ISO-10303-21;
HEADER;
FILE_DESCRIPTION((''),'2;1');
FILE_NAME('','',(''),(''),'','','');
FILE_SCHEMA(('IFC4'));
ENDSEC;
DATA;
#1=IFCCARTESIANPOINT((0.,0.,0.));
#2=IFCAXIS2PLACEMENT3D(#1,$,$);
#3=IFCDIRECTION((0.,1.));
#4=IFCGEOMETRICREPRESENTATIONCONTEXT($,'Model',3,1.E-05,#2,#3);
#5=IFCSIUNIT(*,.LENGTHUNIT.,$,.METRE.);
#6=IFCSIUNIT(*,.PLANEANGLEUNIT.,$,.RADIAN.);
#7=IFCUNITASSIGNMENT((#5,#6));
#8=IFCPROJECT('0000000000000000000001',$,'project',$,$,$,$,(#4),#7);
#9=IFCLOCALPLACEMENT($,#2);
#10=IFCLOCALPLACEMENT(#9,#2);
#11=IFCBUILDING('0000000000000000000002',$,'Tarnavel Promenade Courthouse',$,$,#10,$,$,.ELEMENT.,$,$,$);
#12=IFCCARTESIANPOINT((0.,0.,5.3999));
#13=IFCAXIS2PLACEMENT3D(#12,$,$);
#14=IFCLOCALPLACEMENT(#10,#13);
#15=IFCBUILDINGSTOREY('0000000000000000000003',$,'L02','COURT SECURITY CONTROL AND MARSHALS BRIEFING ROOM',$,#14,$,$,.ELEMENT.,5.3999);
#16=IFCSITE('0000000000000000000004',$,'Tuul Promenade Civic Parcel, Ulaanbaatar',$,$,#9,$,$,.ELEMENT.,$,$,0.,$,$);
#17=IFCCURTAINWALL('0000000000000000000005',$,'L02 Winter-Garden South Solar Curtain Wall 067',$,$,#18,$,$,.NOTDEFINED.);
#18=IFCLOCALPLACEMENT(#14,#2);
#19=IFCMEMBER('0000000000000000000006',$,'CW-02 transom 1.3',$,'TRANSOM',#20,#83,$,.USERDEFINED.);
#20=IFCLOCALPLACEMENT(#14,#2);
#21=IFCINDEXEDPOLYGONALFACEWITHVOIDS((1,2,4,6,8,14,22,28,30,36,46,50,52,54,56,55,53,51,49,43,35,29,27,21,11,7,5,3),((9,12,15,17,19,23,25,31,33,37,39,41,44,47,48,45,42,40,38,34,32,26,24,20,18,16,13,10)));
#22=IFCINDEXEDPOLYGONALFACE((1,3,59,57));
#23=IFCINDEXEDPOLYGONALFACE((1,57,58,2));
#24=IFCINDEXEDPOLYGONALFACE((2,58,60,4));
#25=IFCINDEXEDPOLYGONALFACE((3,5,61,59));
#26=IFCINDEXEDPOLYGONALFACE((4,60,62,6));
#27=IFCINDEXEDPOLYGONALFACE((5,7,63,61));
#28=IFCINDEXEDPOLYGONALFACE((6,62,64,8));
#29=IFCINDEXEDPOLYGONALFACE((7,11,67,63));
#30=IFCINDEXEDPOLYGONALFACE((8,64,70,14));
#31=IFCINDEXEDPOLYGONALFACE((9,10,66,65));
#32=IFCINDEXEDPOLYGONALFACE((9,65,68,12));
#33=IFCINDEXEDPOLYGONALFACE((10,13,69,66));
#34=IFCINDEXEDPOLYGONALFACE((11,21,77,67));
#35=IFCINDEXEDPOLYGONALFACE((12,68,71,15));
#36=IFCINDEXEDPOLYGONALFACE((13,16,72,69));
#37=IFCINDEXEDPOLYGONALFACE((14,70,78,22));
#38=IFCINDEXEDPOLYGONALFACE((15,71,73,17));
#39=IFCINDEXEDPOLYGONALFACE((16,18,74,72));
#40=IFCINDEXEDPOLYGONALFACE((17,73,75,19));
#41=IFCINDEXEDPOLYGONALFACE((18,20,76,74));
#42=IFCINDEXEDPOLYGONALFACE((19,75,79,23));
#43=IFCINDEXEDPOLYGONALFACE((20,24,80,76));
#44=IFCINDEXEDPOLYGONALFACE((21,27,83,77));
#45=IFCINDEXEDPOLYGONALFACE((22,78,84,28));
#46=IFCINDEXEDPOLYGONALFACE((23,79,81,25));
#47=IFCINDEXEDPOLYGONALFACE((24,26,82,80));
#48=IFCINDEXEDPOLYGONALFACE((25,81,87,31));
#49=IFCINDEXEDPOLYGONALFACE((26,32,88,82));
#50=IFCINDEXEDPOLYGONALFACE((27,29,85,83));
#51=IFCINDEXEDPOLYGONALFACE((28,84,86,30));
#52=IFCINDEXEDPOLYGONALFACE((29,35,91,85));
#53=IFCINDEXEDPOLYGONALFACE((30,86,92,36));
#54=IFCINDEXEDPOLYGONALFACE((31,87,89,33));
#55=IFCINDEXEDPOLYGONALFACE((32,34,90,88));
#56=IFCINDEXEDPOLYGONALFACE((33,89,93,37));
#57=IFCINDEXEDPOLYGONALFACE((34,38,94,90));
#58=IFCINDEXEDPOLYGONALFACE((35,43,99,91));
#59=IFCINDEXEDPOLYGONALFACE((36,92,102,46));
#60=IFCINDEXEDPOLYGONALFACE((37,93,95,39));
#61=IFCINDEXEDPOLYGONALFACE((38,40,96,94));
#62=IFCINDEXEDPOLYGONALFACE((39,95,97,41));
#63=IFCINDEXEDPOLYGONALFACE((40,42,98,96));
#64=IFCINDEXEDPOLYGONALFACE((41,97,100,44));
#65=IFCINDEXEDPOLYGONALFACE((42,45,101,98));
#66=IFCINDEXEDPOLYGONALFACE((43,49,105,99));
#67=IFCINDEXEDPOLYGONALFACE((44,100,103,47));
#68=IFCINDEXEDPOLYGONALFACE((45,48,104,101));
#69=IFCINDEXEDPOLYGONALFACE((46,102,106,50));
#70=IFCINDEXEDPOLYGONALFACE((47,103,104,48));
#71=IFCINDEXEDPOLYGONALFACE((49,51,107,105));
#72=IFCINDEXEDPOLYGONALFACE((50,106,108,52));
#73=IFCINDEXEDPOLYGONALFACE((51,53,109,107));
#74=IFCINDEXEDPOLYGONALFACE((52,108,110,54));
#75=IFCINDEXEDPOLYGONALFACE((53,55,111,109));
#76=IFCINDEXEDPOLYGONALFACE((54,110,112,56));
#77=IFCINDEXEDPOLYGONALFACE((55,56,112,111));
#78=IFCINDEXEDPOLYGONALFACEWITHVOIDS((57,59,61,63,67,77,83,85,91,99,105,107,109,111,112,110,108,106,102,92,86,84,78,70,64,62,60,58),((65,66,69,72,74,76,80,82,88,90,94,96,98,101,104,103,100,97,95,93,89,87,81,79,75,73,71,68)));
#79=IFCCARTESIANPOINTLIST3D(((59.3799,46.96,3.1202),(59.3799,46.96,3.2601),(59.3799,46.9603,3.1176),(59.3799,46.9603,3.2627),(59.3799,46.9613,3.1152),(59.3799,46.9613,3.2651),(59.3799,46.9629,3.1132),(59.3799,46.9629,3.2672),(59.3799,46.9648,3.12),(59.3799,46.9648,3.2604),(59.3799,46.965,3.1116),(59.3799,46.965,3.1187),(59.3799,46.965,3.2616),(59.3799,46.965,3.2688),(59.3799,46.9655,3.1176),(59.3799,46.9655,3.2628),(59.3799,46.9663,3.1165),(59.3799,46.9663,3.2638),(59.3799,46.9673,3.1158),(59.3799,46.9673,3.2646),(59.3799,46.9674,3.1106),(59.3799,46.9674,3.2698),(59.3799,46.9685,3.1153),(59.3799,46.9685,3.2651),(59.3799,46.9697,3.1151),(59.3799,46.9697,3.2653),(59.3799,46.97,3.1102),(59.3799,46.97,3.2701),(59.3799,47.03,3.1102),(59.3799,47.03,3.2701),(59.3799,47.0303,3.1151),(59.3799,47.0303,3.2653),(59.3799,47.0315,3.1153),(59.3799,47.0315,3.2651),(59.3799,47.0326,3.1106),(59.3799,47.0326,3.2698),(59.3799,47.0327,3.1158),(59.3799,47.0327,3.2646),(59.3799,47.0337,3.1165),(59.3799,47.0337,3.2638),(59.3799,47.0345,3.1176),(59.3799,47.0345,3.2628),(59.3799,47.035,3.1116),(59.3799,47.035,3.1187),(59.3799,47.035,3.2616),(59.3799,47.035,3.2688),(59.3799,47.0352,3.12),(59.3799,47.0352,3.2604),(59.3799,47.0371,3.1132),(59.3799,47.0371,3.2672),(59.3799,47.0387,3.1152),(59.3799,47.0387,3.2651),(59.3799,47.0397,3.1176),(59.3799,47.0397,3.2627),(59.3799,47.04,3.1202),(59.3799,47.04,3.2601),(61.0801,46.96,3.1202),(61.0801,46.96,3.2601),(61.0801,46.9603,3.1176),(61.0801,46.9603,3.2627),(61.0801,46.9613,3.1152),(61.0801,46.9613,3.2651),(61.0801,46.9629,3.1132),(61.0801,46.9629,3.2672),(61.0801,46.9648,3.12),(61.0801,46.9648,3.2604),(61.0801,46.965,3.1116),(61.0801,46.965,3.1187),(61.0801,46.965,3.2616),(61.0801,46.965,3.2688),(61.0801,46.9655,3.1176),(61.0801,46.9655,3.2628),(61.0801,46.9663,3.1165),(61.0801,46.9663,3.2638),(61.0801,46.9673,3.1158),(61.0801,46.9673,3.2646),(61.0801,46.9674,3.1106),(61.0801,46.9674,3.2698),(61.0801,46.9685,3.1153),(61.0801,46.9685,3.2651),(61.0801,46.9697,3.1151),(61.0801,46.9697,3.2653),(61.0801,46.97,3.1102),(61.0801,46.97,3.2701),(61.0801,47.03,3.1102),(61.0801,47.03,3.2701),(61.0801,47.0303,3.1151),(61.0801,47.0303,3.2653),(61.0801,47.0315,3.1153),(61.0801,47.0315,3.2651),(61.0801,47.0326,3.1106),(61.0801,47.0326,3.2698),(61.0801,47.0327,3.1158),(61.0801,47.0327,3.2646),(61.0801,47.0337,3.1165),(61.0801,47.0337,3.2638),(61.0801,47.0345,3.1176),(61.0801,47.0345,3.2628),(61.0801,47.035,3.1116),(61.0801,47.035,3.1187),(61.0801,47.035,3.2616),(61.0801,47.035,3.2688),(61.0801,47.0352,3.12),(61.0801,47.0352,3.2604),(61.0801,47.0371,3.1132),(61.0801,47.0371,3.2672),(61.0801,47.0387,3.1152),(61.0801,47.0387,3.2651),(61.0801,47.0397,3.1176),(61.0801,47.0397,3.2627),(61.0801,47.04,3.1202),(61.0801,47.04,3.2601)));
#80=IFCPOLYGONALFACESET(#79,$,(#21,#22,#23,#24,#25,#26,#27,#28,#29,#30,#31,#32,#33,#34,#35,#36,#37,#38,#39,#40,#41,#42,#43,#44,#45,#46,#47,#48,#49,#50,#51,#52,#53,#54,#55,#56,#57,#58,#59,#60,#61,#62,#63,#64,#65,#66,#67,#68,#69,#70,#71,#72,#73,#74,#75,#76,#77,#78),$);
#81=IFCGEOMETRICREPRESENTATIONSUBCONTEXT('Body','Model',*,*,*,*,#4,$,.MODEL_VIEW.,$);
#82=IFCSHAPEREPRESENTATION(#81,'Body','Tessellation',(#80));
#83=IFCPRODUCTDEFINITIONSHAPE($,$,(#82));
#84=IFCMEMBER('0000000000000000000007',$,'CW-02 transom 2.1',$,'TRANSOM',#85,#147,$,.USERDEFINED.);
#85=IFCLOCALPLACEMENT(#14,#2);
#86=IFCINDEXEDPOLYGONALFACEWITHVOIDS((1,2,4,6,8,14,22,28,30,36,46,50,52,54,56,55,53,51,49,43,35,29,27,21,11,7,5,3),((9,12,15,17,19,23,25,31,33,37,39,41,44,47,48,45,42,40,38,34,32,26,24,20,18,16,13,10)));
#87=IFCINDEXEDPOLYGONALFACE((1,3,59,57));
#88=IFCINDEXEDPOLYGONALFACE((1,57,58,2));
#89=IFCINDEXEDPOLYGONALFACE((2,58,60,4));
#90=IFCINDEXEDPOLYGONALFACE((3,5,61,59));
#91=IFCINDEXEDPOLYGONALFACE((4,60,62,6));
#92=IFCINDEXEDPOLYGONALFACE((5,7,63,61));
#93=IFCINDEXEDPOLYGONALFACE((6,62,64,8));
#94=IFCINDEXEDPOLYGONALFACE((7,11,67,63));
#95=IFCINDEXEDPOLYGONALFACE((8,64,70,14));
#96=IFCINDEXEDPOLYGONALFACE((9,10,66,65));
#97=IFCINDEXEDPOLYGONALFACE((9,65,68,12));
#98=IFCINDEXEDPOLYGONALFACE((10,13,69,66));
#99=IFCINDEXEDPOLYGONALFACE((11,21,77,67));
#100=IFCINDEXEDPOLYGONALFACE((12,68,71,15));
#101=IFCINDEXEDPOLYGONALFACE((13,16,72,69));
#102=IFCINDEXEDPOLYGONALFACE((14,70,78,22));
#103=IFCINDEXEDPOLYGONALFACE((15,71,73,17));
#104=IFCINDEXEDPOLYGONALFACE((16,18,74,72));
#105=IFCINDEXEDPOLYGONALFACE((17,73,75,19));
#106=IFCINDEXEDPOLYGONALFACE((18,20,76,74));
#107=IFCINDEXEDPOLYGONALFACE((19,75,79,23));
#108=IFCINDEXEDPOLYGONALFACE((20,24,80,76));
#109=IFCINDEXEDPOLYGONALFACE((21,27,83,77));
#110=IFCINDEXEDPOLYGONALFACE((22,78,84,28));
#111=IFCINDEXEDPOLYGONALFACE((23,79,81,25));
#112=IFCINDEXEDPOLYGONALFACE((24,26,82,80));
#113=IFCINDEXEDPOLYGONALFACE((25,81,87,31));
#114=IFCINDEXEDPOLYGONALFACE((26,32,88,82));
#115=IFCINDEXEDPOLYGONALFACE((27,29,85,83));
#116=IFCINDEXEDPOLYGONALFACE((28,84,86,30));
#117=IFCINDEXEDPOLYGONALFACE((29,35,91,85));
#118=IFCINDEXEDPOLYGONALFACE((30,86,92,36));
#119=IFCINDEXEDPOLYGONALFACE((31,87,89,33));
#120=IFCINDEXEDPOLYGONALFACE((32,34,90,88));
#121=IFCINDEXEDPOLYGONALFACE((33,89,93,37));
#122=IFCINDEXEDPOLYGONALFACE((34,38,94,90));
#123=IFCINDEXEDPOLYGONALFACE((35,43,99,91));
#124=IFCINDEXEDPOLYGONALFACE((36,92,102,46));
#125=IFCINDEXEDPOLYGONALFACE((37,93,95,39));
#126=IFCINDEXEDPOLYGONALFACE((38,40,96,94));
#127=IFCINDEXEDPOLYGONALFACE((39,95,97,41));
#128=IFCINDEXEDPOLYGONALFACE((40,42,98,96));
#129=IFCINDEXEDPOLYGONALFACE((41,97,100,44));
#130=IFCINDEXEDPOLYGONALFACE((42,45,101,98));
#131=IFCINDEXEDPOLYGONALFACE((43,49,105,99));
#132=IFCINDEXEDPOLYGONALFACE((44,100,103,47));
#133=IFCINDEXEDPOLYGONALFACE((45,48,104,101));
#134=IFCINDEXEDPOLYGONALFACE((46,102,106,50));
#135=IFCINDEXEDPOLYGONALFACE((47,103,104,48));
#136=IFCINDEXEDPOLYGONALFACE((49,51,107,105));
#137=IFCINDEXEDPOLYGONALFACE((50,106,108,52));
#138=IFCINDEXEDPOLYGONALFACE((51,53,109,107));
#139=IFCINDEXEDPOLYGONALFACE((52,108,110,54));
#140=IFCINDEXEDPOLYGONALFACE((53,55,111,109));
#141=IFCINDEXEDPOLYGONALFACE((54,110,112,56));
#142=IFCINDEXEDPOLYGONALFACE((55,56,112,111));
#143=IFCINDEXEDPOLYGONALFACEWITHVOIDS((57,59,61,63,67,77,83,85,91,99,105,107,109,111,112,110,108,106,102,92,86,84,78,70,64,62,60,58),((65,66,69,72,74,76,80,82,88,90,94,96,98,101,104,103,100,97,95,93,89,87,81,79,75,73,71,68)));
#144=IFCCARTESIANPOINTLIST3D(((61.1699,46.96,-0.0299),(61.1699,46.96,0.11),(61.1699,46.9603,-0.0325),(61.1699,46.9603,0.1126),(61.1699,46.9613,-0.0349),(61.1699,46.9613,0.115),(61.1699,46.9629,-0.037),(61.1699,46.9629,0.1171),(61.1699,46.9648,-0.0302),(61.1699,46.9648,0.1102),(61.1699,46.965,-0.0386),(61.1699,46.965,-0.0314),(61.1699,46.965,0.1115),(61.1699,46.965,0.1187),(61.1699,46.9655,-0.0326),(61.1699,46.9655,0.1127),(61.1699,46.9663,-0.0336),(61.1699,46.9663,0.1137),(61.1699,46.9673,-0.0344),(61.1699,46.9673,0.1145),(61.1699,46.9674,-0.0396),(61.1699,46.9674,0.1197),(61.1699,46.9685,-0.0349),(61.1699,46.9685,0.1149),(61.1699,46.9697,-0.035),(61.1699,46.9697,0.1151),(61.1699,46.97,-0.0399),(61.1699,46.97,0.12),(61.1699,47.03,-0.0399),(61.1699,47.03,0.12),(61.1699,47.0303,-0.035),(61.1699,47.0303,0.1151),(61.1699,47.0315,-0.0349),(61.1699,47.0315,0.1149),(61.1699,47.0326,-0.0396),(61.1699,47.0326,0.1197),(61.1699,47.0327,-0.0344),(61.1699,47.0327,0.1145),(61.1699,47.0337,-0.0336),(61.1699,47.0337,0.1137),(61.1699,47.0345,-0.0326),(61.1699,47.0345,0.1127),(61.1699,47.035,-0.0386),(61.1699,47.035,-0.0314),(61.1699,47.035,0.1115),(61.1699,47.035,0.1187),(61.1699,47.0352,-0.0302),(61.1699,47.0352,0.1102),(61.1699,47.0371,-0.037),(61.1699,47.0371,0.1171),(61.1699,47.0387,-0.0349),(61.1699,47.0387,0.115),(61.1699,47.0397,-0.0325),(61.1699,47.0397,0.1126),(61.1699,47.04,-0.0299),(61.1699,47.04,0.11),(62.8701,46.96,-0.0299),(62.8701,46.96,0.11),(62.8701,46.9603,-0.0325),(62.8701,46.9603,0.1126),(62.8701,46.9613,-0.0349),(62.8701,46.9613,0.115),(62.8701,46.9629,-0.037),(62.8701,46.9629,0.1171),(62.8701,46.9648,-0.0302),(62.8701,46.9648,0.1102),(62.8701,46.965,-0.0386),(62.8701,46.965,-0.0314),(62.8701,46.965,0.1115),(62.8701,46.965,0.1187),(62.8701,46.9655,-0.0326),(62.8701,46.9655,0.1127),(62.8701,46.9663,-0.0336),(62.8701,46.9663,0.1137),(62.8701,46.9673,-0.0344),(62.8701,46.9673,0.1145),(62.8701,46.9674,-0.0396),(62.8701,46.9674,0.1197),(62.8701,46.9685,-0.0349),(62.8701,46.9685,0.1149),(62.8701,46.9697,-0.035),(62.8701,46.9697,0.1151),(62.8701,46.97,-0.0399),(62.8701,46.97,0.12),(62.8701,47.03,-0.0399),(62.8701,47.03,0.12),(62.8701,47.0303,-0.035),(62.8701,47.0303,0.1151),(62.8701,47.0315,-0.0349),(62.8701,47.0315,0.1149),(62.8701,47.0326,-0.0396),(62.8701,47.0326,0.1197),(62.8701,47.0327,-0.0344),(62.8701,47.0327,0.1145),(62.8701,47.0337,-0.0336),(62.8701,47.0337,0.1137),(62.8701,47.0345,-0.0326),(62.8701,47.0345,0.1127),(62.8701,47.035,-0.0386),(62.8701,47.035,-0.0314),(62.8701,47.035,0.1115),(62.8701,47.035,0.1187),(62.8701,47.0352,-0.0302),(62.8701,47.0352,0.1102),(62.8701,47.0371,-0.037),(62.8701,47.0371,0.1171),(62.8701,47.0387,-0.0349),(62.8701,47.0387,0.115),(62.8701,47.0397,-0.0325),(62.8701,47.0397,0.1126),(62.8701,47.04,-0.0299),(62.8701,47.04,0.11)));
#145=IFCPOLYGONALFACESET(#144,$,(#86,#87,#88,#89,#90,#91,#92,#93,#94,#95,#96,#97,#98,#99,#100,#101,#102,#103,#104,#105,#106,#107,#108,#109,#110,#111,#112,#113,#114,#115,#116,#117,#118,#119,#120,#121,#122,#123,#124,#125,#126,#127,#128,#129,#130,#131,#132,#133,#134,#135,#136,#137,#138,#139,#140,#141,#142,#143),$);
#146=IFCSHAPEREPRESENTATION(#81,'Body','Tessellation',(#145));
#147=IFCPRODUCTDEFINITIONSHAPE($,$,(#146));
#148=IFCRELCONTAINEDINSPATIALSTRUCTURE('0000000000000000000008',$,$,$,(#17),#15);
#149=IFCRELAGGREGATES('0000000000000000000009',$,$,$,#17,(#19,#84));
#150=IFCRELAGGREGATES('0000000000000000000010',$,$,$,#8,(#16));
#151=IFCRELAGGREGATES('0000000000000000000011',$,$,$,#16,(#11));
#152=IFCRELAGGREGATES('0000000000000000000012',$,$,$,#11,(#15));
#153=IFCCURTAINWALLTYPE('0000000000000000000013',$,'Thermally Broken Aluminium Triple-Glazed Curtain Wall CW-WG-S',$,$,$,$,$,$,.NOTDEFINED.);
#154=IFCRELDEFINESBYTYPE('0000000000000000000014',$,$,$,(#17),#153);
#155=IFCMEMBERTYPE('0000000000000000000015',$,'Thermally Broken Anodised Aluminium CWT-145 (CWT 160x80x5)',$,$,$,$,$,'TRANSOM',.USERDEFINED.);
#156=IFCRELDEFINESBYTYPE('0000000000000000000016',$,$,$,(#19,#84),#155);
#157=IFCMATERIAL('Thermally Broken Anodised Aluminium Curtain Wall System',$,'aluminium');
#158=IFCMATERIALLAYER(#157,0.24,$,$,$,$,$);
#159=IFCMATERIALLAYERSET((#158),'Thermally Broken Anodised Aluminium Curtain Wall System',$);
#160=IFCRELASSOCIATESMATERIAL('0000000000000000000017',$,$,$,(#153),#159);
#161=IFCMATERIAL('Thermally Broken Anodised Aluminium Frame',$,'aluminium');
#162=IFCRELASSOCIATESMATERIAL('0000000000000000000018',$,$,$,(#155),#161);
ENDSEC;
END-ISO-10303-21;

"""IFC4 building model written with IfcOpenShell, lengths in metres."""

from ifc_helpers import new_model, si_unit, direction, frame, origin, origin_2d, place, context, subcontext, project, spatial, hollow_rectangle, extrude, material, layer, layer_set, material_profile, profile_set, type_object, element, aggregate, save


model = new_model("IFC4")

# Units and contexts
model_context = context("Model", 3, precision=1e-05, world=origin(), true_north=direction((0.0, 1.0)))
body_context = subcontext(model_context, "Body", "Model", "MODEL_VIEW")
ifc_project = project(units=[si_unit("LENGTHUNIT", "METRE"), si_unit("PLANEANGLEUNIT", "RADIAN")], contexts=[model_context])

# Site, building, storey
site_placement = place(None, origin())
site = spatial("IfcSite", under=ifc_project, at=site_placement, Name="Tuul Promenade Civic Parcel, Ulaanbaatar", CompositionType="ELEMENT", RefElevation=0.0)
building_placement = place(site_placement, origin())
building = spatial("IfcBuilding", under=site, at=building_placement, Name="Tarnavel Promenade Courthouse", CompositionType="ELEMENT")
storey_placement = place(building_placement, frame((0.0, 0.0, 5.3999)))
storey = spatial("IfcBuildingStorey", under=building, at=storey_placement, Name="L02", Description="COURT SECURITY CONTROL AND MARSHALS BRIEFING ROOM", CompositionType="ELEMENT", Elevation=5.3999)

# Curtain wall
ifc_material_1 = material(Name="Thermally Broken Anodised Aluminium Curtain Wall System", Category="aluminium")
ifc_layer_1 = layer(ifc_material_1, 0.24)
ifc_layer_set_1 = layer_set([ifc_layer_1], Name="Thermally Broken Anodised Aluminium Curtain Wall System")
curtain_wall_type = type_object("IfcCurtainWallType", Name="Thermally Broken Aluminium Triple-Glazed Curtain Wall CW-WG-S", PredefinedType="NOTDEFINED", material=ifc_layer_set_1)
ifc_material_2 = material(Name="Thermally Broken Anodised Aluminium Frame", Category="aluminium")
curtain_wall_1_placement = place(storey_placement, origin())
curtain_wall_1 = element("IfcCurtainWall", 1, at=curtain_wall_1_placement, inside=storey, type_object=curtain_wall_type, Name="L02 Winter-Garden South Solar Curtain Wall 067", PredefinedType="NOTDEFINED")

# Members
ifc_material_profile_1 = material_profile(ifc_material_2, hollow_rectangle(XDim=0.0801, YDim=0.1599, WallThickness=0.0049, InnerFilletRadius=0.0049, OuterFilletRadius=0.01, at=origin_2d()), Name="CWT 160x80x5")
ifc_profile_set_1 = profile_set([ifc_material_profile_1], Name="Thermally Broken Anodised Aluminium Frame")
member_type_1 = type_object("IfcMemberType", Name="Thermally Broken Anodised Aluminium CWT-145 (CWT 160x80x5)", ElementType="TRANSOM", PredefinedType="USERDEFINED", material=ifc_profile_set_1)
member_1_placement = place(storey_placement, frame((59.3799, 47.0, 3.1902), z_axis=(1.0, 0.0, 0.0), x_axis=(0.0, 1.0, 0.0)))
member_1 = element("IfcMember", 2, at=member_1_placement, type_object=member_type_1, Name="CW-02 transom 1.3", ObjectType="TRANSOM", PredefinedType="USERDEFINED", context=body_context, shape_type="SweptSolid", body=[
    extrude(hollow_rectangle(XDim=0.0801, YDim=0.1599, WallThickness=0.0049, InnerFilletRadius=0.0049, OuterFilletRadius=0.01, at=origin_2d()), origin(), (0.0, 0.0, 1.0), 1.7002),
])
member_2_placement = place(storey_placement, frame((61.1699, 47.0, 0.04), z_axis=(1.0, 0.0, 0.0), x_axis=(0.0, 1.0, 0.0)))
member_2 = element("IfcMember", 3, at=member_2_placement, type_object=member_type_1, Name="CW-02 transom 2.1", ObjectType="TRANSOM", PredefinedType="USERDEFINED", context=body_context, shape_type="SweptSolid", body=[
    extrude(hollow_rectangle(XDim=0.0801, YDim=0.1599, WallThickness=0.0049, InnerFilletRadius=0.0049, OuterFilletRadius=0.01, at=origin_2d()), origin(), (0.0, 0.0, 1.0), 1.7002),
])

aggregate(curtain_wall_1, [member_1, member_2])

save(model, "model.ifc")
